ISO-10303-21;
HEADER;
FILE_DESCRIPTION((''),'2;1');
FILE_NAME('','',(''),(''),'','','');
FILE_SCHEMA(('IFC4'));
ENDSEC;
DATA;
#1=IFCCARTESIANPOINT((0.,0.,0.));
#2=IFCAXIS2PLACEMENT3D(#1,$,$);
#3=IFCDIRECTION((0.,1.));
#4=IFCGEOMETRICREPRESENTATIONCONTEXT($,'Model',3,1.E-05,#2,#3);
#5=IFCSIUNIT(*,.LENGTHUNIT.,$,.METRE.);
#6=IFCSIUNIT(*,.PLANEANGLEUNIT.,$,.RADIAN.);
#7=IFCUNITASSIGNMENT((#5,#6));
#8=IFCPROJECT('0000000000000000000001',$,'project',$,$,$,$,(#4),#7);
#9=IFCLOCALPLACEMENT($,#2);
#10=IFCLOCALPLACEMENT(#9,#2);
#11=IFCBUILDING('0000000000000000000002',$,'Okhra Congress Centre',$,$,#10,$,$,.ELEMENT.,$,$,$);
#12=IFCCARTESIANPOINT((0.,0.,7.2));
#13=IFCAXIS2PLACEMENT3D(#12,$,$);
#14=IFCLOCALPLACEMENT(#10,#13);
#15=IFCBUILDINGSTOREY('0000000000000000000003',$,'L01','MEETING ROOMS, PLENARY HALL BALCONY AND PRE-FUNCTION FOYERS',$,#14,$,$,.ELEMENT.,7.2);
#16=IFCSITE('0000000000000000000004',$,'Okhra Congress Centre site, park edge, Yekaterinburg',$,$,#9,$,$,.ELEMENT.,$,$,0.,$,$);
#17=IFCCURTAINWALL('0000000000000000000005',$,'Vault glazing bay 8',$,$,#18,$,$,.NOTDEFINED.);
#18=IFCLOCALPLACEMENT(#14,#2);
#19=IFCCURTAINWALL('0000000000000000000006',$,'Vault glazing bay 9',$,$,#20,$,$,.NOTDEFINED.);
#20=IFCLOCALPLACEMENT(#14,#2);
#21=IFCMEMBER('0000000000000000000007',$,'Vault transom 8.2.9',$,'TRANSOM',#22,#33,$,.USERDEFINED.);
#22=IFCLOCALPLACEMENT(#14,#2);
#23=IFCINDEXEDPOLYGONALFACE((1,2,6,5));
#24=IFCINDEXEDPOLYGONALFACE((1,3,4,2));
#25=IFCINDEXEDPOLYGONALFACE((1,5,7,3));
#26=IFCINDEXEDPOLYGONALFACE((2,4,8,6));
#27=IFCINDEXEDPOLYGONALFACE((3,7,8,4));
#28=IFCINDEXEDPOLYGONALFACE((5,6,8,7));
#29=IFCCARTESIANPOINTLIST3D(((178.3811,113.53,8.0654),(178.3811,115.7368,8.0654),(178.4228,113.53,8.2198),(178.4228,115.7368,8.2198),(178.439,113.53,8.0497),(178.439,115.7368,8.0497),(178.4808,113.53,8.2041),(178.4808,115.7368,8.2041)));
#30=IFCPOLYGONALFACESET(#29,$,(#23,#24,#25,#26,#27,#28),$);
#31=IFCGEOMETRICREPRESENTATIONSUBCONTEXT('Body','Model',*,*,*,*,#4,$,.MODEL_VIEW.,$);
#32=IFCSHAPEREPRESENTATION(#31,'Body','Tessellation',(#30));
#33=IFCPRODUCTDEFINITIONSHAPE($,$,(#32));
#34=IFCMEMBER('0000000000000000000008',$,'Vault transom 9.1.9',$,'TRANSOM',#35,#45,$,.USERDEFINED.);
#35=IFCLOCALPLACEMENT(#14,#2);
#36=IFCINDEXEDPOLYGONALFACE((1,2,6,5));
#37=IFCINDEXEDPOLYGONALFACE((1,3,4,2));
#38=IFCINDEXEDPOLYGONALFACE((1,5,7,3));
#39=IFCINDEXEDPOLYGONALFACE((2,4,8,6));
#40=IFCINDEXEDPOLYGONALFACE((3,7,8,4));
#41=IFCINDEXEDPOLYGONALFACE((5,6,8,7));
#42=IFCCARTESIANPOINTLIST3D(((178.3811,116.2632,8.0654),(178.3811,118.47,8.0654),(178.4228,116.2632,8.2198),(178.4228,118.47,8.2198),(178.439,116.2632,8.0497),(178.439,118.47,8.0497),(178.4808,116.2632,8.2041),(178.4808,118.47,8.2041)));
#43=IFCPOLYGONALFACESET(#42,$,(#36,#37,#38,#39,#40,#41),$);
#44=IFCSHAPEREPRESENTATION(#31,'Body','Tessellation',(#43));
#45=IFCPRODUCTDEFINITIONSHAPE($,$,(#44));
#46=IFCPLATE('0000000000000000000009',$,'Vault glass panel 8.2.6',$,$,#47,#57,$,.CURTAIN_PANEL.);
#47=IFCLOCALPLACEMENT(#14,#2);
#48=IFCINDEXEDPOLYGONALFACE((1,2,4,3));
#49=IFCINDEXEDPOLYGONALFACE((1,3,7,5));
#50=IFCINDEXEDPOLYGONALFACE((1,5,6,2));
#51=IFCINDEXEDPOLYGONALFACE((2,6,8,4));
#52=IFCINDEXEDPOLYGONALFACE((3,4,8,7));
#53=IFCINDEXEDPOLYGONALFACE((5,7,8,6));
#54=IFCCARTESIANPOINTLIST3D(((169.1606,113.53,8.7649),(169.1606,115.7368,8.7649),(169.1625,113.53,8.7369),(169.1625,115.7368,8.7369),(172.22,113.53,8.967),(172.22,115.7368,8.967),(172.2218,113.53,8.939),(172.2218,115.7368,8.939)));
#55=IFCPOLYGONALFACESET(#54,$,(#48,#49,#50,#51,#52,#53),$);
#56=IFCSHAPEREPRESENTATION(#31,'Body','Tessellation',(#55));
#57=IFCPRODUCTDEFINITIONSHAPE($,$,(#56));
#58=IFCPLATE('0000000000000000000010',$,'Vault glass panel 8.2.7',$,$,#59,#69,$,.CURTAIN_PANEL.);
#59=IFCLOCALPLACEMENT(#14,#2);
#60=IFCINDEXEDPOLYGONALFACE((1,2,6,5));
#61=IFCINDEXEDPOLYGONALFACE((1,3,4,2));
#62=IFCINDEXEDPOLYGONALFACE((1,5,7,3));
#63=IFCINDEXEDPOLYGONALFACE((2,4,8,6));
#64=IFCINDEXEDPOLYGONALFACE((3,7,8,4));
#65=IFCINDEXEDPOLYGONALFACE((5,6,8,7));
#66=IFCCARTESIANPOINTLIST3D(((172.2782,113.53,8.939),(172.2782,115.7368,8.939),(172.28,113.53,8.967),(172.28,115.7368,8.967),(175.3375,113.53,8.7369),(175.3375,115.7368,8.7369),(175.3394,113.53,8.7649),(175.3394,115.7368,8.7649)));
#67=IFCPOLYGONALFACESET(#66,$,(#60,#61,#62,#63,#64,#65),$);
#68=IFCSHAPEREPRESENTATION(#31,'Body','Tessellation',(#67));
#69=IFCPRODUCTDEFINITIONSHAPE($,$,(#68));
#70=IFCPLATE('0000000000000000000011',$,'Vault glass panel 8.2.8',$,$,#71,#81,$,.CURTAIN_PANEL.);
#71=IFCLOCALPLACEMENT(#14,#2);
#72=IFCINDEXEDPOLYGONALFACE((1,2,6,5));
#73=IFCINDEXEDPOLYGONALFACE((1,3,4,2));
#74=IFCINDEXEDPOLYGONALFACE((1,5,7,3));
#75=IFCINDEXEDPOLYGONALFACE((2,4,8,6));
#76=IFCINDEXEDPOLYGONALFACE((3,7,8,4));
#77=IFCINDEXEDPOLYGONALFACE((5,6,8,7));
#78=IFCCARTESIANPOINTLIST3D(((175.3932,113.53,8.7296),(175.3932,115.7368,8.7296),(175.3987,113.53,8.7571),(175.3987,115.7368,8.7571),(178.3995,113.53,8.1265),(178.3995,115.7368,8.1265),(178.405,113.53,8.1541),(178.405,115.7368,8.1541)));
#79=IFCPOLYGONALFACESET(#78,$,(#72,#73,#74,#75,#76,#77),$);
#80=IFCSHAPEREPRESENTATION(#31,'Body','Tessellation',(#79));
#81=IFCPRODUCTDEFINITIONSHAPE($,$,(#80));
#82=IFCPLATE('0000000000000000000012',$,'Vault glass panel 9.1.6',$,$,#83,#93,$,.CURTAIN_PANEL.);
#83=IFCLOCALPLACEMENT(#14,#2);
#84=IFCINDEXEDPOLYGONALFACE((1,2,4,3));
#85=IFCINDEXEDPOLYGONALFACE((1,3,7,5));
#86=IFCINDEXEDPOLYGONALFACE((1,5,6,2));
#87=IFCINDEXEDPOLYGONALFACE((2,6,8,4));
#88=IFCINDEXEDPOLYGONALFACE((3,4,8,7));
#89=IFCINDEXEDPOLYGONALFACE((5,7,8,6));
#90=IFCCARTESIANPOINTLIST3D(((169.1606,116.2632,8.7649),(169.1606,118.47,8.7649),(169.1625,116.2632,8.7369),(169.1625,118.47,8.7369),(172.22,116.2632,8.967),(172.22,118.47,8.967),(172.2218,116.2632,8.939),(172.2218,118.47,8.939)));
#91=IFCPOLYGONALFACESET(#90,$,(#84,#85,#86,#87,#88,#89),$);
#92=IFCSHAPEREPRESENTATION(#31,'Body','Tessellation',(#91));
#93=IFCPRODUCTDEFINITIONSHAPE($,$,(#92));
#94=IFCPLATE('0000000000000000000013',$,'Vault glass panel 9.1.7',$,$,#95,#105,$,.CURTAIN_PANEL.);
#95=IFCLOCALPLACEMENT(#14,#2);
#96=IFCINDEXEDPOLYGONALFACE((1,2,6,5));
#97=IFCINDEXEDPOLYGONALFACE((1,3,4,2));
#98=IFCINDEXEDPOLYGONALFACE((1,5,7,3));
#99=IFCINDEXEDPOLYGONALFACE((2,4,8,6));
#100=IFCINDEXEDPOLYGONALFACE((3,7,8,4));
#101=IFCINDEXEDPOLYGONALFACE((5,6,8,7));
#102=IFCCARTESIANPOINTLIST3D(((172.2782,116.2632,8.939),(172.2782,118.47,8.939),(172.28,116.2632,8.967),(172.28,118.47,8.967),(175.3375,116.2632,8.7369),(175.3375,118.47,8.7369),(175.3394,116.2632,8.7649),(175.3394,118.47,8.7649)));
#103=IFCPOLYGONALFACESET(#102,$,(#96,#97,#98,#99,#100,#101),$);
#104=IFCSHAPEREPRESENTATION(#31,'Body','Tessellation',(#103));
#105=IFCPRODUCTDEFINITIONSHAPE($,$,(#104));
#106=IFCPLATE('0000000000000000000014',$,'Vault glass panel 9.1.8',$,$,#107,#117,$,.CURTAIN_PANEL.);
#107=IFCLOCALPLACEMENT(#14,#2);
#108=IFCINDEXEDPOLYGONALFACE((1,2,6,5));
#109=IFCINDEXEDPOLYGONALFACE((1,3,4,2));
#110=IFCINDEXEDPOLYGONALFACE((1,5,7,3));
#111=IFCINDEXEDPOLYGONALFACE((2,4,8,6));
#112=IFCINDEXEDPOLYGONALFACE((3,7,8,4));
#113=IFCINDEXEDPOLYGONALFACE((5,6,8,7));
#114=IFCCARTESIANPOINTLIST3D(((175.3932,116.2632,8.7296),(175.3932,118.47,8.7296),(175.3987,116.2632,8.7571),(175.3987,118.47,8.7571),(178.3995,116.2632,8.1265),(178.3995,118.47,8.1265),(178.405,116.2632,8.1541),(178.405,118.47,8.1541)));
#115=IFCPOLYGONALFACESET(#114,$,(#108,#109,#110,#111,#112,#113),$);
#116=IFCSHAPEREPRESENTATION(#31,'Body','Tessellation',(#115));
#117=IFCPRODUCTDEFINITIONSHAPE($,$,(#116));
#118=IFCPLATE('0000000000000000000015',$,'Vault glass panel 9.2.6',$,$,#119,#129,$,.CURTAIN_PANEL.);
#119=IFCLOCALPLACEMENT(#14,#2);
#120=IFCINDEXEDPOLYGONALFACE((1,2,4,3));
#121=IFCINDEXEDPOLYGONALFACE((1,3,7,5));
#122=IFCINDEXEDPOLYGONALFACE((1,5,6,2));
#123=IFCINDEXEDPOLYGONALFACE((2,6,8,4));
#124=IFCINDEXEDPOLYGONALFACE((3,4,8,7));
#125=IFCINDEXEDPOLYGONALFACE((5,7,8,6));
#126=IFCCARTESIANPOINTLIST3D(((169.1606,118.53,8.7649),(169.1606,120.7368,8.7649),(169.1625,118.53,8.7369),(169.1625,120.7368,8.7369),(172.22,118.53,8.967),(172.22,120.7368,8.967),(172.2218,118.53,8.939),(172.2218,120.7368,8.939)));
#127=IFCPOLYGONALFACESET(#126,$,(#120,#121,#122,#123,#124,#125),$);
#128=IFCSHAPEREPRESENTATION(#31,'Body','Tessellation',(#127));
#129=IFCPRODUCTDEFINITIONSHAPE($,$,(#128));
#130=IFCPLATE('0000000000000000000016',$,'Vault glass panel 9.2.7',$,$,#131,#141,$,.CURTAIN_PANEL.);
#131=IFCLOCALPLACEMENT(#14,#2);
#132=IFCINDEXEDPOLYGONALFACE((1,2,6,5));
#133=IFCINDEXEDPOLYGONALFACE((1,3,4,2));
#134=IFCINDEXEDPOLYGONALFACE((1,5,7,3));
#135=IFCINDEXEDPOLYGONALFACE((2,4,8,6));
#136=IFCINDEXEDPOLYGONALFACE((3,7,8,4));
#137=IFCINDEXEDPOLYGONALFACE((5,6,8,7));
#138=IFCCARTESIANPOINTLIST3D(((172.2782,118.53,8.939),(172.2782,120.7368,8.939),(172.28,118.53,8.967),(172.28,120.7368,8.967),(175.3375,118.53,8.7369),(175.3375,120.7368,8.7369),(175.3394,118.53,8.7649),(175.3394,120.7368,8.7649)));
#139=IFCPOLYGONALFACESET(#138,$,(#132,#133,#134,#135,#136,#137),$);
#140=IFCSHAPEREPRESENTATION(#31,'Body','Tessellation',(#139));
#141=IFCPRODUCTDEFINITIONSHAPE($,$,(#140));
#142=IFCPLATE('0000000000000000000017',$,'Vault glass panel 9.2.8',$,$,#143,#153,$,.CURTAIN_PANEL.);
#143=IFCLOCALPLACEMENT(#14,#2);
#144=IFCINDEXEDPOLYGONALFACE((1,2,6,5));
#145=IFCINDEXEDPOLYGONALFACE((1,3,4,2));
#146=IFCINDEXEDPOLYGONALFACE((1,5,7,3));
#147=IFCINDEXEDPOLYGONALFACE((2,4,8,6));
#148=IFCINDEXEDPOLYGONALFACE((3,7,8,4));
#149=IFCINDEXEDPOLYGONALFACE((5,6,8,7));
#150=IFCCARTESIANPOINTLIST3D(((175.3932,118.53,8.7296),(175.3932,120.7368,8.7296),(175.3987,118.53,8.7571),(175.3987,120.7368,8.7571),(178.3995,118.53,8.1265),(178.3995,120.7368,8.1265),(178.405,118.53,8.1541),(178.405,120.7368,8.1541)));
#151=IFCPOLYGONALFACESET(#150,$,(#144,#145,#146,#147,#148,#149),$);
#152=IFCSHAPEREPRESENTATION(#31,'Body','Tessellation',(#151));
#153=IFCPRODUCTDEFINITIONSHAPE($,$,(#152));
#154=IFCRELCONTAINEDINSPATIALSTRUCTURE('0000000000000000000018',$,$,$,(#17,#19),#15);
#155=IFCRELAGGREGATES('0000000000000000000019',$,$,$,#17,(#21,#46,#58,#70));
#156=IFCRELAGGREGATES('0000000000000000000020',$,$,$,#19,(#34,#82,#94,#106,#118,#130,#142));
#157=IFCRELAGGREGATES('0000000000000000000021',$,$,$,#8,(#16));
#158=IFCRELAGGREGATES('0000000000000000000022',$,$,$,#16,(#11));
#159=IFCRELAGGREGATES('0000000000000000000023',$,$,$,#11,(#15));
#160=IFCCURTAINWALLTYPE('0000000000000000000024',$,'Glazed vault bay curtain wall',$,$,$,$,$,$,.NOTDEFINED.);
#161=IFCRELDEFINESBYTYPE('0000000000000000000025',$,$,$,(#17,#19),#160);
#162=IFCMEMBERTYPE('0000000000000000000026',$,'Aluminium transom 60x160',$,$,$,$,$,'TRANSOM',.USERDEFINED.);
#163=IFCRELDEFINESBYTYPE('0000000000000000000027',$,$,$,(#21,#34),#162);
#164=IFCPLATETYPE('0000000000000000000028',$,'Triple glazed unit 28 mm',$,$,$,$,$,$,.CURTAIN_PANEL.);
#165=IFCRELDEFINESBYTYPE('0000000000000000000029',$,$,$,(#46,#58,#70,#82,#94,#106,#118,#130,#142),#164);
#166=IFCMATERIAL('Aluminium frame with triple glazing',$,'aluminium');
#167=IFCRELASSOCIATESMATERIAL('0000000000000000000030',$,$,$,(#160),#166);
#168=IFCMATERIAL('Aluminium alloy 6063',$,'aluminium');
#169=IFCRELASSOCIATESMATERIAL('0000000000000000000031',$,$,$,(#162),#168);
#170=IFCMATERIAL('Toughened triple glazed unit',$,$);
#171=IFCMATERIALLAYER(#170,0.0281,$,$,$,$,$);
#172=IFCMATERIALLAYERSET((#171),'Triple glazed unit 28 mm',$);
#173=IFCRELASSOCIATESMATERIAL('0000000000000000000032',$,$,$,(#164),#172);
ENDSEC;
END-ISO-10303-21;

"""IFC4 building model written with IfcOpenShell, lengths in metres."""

from ifc_helpers import new_model, si_unit, direction, frame, origin, origin_2d, place, context, subcontext, project, spatial, polyline, rectangle, outline, extrude, material, layer, layer_set, material_profile, profile_set, type_object, element, aggregate, save


model = new_model("IFC4")

# Units and contexts
model_context = context("Model", 3, precision=1e-05, world=origin(), true_north=direction((0.0, 1.0)))
body_context = subcontext(model_context, "Body", "Model", "MODEL_VIEW")
ifc_project = project(units=[si_unit("LENGTHUNIT", "METRE"), si_unit("PLANEANGLEUNIT", "RADIAN")], contexts=[model_context])

# Site, building, storey
site_placement = place(None, origin())
site = spatial("IfcSite", under=ifc_project, at=site_placement, Name="Okhra Congress Centre site, park edge, Yekaterinburg", CompositionType="ELEMENT", RefElevation=0.0)
building_placement = place(site_placement, origin())
building = spatial("IfcBuilding", under=site, at=building_placement, Name="Okhra Congress Centre", CompositionType="ELEMENT")
storey_placement = place(building_placement, frame((0.0, 0.0, 7.2)))
storey = spatial("IfcBuildingStorey", under=building, at=storey_placement, Name="L01", Description="MEETING ROOMS, PLENARY HALL BALCONY AND PRE-FUNCTION FOYERS", CompositionType="ELEMENT", Elevation=7.2)

# Curtain walls
ifc_material_1 = material(Name="Aluminium frame with triple glazing", Category="aluminium")
curtain_wall_type = type_object("IfcCurtainWallType", Name="Glazed vault bay curtain wall", PredefinedType="NOTDEFINED", material=ifc_material_1)
curtain_wall_1_placement = place(storey_placement, origin())
curtain_wall_1 = element("IfcCurtainWall", 1, at=curtain_wall_1_placement, inside=storey, type_object=curtain_wall_type, Name="Vault glazing bay 8", PredefinedType="NOTDEFINED")
ifc_material_2 = material(Name="Aluminium alloy 6063", Category="aluminium")
curtain_wall_2_placement = place(storey_placement, origin())
curtain_wall_2 = element("IfcCurtainWall", 2, at=curtain_wall_2_placement, inside=storey, type_object=curtain_wall_type, Name="Vault glazing bay 9", PredefinedType="NOTDEFINED")

# Members
ifc_material_profile_1 = material_profile(ifc_material_2, rectangle(XDim=0.0601, YDim=0.1599, at=origin_2d()), Name="AL 60x160 transom")
ifc_profile_set_1 = profile_set([ifc_material_profile_1], Name="Aluminium alloy 6063")
member_type_1 = type_object("IfcMemberType", Name="Aluminium transom 60x160", ElementType="TRANSOM", PredefinedType="USERDEFINED", material=ifc_profile_set_1)
member_1_placement = place(storey_placement, frame((178.4309, 113.53, 8.1348), z_axis=(0.0, 1.0, 0.0), x_axis=(-0.96538, 0.0, 0.260848)))
member_1 = element("IfcMember", 3, at=member_1_placement, type_object=member_type_1, Name="Vault transom 8.2.9", ObjectType="TRANSOM", PredefinedType="USERDEFINED", context=body_context, shape_type="SweptSolid", body=[
    extrude(rectangle(XDim=0.0601, YDim=0.1599, at=origin_2d()), origin(), (0.0, 0.0, 1.0), 2.2068),
])
member_2_placement = place(storey_placement, frame((178.4309, 116.2632, 8.1348), z_axis=(0.0, 1.0, 0.0), x_axis=(-0.96538, 0.0, 0.260848)))
member_2 = element("IfcMember", 4, at=member_2_placement, type_object=member_type_1, Name="Vault transom 9.1.9", ObjectType="TRANSOM", PredefinedType="USERDEFINED", context=body_context, shape_type="SweptSolid", body=[
    extrude(rectangle(XDim=0.0601, YDim=0.1599, at=origin_2d()), origin(), (0.0, 0.0, 1.0), 2.2068),
])

# Plates
ifc_material_3 = material(Name="Toughened triple glazed unit")
ifc_layer = layer(ifc_material_3, 0.0281)
ifc_layer_set = layer_set([ifc_layer], Name="Triple glazed unit 28 mm")
plate_type = type_object("IfcPlateType", Name="Triple glazed unit 28 mm", PredefinedType="CURTAIN_PANEL", material=ifc_layer_set)
plate_1_placement = place(storey_placement, frame((169.1606, 113.53, 8.7649), z_axis=(-0.065932, 0.0, 0.997824), x_axis=(0.997824, 0.0, 0.065932)))
plate_1 = element("IfcPlate", 5, at=plate_1_placement, type_object=plate_type, Name="Vault glass panel 8.2.6", PredefinedType="CURTAIN_PANEL", context=body_context, shape_type="SweptSolid", body=[
    extrude(outline(polyline([(0.0, 0.0), (3.066, 0.0), (3.066, 2.2068), (0.0, 2.2068), (0.0, 0.0)])), origin(), (0.0, 0.0, -1.0), 0.0281),
])
plate_2_placement = place(storey_placement, frame((172.28, 113.53, 8.967), z_axis=(0.065932, 0.0, 0.997824), x_axis=(0.997824, 0.0, -0.065932)))
plate_2 = element("IfcPlate", 6, at=plate_2_placement, type_object=plate_type, Name="Vault glass panel 8.2.7", PredefinedType="CURTAIN_PANEL", context=body_context, shape_type="SweptSolid", body=[
    extrude(outline(polyline([(0.0, 0.0), (3.066, 0.0), (3.066, 2.2068), (0.0, 2.2068), (0.0, 0.0)])), origin(), (0.0, 0.0, -1.0), 0.0281),
])
plate_3_placement = place(storey_placement, frame((175.3987, 113.53, 8.7571), z_axis=(0.196667, 0.0, 0.98047), x_axis=(0.98047, 0.0, -0.196667)))
plate_3 = element("IfcPlate", 7, at=plate_3_placement, type_object=plate_type, Name="Vault glass panel 8.2.8", PredefinedType="CURTAIN_PANEL", context=body_context, shape_type="SweptSolid", body=[
    extrude(outline(polyline([(0.0, 0.0), (3.0662, 0.0), (3.0662, 2.2068), (0.0, 2.2068), (0.0, 0.0)])), origin(), (0.0, 0.0, -1.0), 0.0281),
])
aggregate(curtain_wall_1, [member_1, plate_1, plate_2, plate_3])
plate_4_placement = place(storey_placement, frame((169.1606, 116.2632, 8.7649), z_axis=(-0.065932, 0.0, 0.997824), x_axis=(0.997824, 0.0, 0.065932)))
plate_4 = element("IfcPlate", 8, at=plate_4_placement, type_object=plate_type, Name="Vault glass panel 9.1.6", PredefinedType="CURTAIN_PANEL", context=body_context, shape_type="SweptSolid", body=[
    extrude(outline(polyline([(0.0, 0.0), (3.066, 0.0), (3.066, 2.2068), (0.0, 2.2068), (0.0, 0.0)])), origin(), (0.0, 0.0, -1.0), 0.0281),
])
plate_5_placement = place(storey_placement, frame((172.28, 116.2632, 8.967), z_axis=(0.065932, 0.0, 0.997824), x_axis=(0.997824, 0.0, -0.065932)))
plate_5 = element("IfcPlate", 9, at=plate_5_placement, type_object=plate_type, Name="Vault glass panel 9.1.7", PredefinedType="CURTAIN_PANEL", context=body_context, shape_type="SweptSolid", body=[
    extrude(outline(polyline([(0.0, 0.0), (3.066, 0.0), (3.066, 2.2068), (0.0, 2.2068), (0.0, 0.0)])), origin(), (0.0, 0.0, -1.0), 0.0281),
])
plate_6_placement = place(storey_placement, frame((175.3987, 116.2632, 8.7571), z_axis=(0.196667, 0.0, 0.98047), x_axis=(0.98047, 0.0, -0.196667)))
plate_6 = element("IfcPlate", 10, at=plate_6_placement, type_object=plate_type, Name="Vault glass panel 9.1.8", PredefinedType="CURTAIN_PANEL", context=body_context, shape_type="SweptSolid", body=[
    extrude(outline(polyline([(0.0, 0.0), (3.0662, 0.0), (3.0662, 2.2068), (0.0, 2.2068), (0.0, 0.0)])), origin(), (0.0, 0.0, -1.0), 0.0281),
])
plate_7_placement = place(storey_placement, frame((169.1606, 118.53, 8.7649), z_axis=(-0.065932, 0.0, 0.997824), x_axis=(0.997824, 0.0, 0.065932)))
plate_7 = element("IfcPlate", 11, at=plate_7_placement, type_object=plate_type, Name="Vault glass panel 9.2.6", PredefinedType="CURTAIN_PANEL", context=body_context, shape_type="SweptSolid", body=[
    extrude(outline(polyline([(0.0, 0.0), (3.066, 0.0), (3.066, 2.2068), (0.0, 2.2068), (0.0, 0.0)])), origin(), (0.0, 0.0, -1.0), 0.0281),
])
plate_8_placement = place(storey_placement, frame((172.28, 118.53, 8.967), z_axis=(0.065932, 0.0, 0.997824), x_axis=(0.997824, 0.0, -0.065932)))
plate_8 = element("IfcPlate", 12, at=plate_8_placement, type_object=plate_type, Name="Vault glass panel 9.2.7", PredefinedType="CURTAIN_PANEL", context=body_context, shape_type="SweptSolid", body=[
    extrude(outline(polyline([(0.0, 0.0), (3.066, 0.0), (3.066, 2.2068), (0.0, 2.2068), (0.0, 0.0)])), origin(), (0.0, 0.0, -1.0), 0.0281),
])
plate_9_placement = place(storey_placement, frame((175.3987, 118.53, 8.7571), z_axis=(0.196667, 0.0, 0.98047), x_axis=(0.98047, 0.0, -0.196667)))
plate_9 = element("IfcPlate", 13, at=plate_9_placement, type_object=plate_type, Name="Vault glass panel 9.2.8", PredefinedType="CURTAIN_PANEL", context=body_context, shape_type="SweptSolid", body=[
    extrude(outline(polyline([(0.0, 0.0), (3.0662, 0.0), (3.0662, 2.2068), (0.0, 2.2068), (0.0, 0.0)])), origin(), (0.0, 0.0, -1.0), 0.0281),
])
aggregate(curtain_wall_2, [member_2, plate_4, plate_5, plate_6, plate_7, plate_8, plate_9])

save(model, "model.ifc")
